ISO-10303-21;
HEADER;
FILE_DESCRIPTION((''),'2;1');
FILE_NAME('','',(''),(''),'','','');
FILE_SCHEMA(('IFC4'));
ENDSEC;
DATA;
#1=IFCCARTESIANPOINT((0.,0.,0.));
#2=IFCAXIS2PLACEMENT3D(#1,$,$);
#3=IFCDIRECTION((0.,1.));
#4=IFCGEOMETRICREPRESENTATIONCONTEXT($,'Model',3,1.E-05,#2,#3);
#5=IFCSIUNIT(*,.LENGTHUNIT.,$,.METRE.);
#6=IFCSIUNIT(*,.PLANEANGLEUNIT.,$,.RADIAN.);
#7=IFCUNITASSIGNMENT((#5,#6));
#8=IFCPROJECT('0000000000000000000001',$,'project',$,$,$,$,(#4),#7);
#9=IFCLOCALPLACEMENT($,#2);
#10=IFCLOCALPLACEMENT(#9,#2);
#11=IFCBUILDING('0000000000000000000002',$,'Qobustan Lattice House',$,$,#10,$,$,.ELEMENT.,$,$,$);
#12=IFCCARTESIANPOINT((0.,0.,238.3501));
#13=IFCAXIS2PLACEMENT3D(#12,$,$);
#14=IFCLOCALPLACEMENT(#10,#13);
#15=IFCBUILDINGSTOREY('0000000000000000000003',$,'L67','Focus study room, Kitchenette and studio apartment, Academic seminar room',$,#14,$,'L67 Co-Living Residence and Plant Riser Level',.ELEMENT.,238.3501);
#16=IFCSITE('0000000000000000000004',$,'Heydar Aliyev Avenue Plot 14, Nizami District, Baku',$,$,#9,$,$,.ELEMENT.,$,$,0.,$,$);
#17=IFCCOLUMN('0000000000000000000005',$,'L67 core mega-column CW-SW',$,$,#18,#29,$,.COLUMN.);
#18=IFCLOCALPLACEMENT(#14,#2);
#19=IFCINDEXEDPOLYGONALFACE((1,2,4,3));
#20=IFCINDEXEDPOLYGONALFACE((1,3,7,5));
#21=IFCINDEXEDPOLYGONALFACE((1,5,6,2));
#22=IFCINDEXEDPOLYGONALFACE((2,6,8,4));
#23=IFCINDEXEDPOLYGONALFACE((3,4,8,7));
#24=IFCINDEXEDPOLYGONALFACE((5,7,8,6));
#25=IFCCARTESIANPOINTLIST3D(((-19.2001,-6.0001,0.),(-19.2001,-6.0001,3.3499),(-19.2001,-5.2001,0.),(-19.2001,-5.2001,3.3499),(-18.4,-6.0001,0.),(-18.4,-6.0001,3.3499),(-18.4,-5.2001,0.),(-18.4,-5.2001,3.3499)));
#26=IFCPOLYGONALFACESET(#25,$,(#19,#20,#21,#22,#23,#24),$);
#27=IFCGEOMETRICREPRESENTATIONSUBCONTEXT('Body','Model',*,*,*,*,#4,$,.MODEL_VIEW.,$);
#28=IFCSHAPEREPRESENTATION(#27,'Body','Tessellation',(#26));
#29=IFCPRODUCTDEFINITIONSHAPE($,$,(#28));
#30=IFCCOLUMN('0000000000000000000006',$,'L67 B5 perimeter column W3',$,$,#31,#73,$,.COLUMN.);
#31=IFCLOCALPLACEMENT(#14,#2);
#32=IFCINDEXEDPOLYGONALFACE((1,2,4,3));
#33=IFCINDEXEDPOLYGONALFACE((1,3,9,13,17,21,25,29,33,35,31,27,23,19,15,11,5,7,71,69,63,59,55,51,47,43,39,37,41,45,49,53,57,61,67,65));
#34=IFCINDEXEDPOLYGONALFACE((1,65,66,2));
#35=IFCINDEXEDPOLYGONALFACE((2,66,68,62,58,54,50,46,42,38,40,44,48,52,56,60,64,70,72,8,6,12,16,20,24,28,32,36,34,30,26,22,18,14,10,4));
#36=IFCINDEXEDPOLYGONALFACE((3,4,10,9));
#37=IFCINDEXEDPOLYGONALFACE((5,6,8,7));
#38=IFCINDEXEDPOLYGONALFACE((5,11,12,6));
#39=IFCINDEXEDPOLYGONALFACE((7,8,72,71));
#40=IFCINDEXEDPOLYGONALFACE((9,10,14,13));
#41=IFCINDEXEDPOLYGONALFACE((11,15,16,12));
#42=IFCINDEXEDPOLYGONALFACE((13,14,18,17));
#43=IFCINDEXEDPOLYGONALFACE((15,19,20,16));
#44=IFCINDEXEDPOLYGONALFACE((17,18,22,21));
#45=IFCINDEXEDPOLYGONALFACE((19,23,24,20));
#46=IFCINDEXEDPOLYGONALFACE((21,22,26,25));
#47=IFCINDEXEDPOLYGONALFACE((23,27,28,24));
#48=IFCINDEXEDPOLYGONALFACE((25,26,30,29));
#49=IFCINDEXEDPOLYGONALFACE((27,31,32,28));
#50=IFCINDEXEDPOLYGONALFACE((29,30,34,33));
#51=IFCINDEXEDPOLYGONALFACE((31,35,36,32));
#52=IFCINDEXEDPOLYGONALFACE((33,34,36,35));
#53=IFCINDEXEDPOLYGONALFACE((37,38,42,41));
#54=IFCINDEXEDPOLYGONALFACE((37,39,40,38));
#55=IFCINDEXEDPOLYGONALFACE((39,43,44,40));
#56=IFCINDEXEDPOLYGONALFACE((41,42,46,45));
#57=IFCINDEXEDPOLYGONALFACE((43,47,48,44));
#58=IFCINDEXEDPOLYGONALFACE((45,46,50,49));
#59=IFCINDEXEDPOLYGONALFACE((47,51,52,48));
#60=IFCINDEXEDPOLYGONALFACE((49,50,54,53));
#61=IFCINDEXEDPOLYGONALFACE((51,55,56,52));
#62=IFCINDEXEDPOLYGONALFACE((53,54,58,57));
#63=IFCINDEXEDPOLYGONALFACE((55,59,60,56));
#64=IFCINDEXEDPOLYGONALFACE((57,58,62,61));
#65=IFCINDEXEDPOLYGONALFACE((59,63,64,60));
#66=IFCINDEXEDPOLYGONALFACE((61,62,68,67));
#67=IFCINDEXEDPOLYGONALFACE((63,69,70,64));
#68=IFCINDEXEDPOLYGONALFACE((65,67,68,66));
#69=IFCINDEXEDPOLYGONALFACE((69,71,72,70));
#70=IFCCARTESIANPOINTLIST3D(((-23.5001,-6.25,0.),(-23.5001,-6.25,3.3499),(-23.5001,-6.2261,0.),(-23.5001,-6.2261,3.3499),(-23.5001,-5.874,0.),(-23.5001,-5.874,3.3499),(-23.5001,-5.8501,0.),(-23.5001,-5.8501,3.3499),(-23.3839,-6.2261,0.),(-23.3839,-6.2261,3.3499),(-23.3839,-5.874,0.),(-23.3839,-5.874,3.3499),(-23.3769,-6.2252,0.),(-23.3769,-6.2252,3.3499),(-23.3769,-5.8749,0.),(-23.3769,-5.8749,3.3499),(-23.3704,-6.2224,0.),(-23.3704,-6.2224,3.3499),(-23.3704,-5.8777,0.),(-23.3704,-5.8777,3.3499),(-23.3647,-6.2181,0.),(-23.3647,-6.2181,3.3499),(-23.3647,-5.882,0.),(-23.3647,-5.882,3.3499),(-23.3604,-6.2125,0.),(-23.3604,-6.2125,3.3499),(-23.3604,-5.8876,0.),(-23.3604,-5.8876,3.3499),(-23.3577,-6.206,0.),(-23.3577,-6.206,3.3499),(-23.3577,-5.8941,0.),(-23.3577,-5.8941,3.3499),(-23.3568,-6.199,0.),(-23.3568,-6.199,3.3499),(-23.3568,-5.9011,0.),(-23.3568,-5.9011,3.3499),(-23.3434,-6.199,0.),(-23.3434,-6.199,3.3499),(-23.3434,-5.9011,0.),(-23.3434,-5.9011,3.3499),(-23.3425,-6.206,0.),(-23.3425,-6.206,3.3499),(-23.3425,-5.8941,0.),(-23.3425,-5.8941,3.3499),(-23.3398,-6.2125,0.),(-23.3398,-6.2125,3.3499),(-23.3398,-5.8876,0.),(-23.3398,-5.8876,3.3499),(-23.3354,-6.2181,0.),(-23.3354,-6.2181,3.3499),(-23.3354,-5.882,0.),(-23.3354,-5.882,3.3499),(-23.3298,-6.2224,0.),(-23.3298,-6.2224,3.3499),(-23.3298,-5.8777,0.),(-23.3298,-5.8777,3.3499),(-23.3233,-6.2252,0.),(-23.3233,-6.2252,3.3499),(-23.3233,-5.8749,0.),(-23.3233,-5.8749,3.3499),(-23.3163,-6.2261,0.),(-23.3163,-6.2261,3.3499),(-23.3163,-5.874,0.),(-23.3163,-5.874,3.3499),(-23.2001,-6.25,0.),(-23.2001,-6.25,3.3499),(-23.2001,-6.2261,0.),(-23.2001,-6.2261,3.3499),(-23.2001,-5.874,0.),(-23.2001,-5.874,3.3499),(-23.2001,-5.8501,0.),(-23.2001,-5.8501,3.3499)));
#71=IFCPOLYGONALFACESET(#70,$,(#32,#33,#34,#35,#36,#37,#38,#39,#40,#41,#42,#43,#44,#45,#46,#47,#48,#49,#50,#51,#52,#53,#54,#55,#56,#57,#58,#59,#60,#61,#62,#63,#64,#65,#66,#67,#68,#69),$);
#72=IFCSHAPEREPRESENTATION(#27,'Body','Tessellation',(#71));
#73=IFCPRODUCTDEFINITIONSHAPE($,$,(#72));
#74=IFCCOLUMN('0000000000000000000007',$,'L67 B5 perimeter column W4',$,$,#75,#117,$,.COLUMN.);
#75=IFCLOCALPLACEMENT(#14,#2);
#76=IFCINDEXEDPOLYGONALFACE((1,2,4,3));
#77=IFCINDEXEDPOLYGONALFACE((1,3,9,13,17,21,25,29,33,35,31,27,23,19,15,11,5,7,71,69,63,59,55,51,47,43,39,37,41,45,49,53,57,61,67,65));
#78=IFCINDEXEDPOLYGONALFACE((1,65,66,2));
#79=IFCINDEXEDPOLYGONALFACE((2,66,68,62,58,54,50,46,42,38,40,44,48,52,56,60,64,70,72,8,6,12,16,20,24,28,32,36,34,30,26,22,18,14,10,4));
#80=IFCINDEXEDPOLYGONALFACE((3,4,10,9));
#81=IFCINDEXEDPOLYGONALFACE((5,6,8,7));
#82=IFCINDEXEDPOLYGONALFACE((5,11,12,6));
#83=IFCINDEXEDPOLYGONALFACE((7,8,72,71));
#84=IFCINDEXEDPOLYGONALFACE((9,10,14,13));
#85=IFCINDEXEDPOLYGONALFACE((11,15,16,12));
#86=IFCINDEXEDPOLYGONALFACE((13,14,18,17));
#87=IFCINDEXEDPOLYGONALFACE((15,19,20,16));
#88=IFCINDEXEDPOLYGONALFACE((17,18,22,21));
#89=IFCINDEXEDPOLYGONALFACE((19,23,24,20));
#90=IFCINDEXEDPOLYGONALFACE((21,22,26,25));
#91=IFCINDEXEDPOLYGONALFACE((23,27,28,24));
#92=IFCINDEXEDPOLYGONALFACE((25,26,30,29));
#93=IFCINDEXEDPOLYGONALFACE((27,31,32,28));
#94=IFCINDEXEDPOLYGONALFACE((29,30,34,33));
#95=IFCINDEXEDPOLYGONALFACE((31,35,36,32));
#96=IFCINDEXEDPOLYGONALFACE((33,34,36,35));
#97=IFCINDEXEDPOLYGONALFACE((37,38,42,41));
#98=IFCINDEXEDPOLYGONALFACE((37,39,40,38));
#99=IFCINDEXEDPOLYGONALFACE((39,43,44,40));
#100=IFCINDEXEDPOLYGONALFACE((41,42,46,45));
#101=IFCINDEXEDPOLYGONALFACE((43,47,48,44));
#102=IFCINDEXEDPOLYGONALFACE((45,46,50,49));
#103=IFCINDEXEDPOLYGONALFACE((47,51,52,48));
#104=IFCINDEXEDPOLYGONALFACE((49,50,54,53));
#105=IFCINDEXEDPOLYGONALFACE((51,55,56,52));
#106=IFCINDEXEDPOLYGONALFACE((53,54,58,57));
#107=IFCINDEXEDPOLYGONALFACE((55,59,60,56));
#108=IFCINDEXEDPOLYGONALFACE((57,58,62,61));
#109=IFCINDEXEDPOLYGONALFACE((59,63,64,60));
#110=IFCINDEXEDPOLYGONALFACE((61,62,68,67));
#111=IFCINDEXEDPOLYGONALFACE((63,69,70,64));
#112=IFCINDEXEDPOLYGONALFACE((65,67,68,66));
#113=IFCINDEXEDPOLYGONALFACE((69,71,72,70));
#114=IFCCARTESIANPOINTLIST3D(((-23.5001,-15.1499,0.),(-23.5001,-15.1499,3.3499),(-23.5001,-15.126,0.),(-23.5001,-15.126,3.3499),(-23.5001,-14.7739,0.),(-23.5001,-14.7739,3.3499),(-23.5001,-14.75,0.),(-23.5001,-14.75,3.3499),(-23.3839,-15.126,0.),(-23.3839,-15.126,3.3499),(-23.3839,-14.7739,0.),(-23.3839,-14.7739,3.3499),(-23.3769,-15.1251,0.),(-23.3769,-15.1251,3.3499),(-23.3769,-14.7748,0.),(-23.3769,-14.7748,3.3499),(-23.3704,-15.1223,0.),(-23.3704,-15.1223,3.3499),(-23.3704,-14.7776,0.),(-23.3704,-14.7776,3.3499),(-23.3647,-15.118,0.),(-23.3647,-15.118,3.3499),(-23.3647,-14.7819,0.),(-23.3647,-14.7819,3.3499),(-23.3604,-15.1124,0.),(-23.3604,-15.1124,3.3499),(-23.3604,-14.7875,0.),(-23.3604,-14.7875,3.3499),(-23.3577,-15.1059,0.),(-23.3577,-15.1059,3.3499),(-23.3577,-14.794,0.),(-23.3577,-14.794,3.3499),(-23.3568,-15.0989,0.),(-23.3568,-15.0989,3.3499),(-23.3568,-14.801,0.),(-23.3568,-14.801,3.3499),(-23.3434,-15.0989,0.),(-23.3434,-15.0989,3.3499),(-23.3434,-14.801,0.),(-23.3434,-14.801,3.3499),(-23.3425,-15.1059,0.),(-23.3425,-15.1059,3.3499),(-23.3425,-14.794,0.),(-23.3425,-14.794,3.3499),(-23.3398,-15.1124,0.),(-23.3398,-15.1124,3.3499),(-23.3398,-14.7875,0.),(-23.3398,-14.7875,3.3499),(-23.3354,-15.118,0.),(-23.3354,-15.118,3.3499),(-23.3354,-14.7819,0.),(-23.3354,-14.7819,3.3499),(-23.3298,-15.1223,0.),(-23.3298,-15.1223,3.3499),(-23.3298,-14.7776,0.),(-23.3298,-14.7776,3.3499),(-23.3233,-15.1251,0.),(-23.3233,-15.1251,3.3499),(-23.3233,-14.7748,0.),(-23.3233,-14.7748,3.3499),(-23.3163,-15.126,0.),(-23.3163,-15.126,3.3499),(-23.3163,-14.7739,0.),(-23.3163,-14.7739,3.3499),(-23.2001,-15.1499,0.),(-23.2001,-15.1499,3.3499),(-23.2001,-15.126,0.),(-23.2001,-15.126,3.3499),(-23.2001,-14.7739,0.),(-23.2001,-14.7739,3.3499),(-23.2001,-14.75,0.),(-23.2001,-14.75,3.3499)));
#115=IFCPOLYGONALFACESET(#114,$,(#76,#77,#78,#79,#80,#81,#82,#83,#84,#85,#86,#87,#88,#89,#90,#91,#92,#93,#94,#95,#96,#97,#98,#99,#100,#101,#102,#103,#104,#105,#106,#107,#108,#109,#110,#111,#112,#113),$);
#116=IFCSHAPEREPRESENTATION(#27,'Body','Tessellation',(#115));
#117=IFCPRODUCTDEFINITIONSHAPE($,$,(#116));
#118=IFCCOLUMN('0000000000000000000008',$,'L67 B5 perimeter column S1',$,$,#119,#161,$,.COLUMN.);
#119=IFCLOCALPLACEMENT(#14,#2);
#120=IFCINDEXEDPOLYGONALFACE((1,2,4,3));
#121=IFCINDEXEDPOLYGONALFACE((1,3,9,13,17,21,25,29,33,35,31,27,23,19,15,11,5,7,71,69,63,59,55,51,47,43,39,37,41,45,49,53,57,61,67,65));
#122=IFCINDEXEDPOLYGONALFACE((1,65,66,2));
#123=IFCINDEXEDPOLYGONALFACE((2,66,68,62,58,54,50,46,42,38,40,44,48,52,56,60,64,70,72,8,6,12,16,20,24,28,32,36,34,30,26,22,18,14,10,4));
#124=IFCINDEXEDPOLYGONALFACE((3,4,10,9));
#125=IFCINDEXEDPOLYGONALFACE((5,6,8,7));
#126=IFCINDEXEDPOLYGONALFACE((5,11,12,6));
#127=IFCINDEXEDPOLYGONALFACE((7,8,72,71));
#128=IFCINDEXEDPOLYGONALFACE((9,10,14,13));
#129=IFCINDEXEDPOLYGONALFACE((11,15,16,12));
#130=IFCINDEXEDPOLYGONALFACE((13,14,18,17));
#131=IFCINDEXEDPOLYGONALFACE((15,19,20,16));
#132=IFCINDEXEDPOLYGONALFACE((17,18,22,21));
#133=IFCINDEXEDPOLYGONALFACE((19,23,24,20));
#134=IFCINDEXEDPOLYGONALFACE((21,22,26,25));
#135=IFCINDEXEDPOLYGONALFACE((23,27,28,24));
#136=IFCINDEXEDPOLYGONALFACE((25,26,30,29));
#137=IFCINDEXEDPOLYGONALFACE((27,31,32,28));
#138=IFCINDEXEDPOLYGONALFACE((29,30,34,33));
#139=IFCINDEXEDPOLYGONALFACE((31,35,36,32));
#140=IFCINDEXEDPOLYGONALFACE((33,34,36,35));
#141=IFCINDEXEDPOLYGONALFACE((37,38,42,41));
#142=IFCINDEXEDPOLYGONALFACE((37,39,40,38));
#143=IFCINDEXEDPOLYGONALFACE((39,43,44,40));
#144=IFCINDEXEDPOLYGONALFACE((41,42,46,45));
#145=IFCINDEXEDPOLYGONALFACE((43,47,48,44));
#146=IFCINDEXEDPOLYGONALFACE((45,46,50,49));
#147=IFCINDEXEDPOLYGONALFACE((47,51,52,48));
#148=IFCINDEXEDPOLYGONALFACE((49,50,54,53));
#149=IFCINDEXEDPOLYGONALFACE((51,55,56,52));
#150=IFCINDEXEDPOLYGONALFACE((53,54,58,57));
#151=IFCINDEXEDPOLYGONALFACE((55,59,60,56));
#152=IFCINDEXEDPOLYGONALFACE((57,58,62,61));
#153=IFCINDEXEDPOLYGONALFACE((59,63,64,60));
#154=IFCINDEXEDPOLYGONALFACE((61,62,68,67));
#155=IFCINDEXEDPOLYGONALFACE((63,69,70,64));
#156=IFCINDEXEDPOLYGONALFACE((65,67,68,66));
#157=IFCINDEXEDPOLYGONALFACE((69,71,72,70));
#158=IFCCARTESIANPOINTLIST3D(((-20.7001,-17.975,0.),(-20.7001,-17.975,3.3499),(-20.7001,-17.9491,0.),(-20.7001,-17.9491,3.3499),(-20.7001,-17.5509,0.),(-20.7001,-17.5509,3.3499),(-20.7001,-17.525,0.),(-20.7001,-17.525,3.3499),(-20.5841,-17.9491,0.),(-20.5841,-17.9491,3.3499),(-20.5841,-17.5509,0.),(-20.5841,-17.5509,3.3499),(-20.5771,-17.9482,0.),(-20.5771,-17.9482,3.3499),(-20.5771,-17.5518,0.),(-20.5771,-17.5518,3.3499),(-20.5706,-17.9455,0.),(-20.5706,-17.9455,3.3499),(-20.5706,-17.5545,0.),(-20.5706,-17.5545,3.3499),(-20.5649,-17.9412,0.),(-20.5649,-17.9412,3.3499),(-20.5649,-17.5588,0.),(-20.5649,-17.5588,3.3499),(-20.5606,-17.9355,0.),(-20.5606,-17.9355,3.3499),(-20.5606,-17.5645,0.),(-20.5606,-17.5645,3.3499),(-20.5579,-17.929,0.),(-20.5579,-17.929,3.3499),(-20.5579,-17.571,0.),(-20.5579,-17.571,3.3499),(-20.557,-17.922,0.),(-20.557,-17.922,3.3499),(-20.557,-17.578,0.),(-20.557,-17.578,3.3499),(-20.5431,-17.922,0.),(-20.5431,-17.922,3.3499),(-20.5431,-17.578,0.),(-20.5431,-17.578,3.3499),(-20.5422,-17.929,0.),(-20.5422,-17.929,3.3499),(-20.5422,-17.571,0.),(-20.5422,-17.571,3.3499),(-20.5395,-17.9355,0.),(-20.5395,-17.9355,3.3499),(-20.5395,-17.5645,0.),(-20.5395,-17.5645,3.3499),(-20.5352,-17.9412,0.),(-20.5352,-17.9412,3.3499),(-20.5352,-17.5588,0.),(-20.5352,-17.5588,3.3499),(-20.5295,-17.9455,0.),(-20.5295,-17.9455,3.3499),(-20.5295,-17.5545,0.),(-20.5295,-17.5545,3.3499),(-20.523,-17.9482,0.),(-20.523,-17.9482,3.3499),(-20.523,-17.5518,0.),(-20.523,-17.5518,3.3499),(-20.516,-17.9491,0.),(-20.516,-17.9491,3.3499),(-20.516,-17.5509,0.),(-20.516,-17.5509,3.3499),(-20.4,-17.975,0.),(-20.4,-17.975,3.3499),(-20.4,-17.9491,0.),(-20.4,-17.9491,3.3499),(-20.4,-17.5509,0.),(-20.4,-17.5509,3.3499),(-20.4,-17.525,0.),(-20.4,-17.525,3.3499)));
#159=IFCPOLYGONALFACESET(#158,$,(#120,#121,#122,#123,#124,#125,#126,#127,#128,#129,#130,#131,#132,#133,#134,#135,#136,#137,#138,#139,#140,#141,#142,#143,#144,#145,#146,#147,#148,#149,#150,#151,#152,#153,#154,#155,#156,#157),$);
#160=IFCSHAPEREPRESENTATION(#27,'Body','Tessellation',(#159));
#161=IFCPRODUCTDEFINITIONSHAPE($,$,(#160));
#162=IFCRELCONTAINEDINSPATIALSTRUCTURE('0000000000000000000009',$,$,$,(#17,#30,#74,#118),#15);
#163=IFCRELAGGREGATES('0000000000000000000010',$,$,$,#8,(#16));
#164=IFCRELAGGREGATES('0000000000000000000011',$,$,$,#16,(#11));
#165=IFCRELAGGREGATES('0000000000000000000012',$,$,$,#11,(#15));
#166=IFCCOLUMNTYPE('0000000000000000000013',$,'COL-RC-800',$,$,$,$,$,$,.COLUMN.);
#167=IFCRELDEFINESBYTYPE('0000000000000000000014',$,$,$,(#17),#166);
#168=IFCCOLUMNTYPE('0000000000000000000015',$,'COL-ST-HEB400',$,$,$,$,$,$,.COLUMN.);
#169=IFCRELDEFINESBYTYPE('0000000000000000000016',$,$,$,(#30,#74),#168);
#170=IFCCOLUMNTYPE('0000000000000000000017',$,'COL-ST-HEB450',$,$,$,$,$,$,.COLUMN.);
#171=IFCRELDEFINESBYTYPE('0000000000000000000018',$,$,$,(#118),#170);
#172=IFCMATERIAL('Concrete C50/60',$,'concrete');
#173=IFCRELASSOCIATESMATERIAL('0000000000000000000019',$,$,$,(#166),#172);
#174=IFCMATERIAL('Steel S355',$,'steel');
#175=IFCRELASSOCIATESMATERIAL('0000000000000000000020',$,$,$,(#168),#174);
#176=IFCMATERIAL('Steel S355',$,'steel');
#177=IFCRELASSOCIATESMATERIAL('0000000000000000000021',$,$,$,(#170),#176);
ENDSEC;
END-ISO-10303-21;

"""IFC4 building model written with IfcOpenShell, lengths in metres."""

from ifc_helpers import new_model, si_unit, direction, frame, origin, origin_2d, place, context, subcontext, project, spatial, rectangle, i_section, extrude, material, material_profile, profile_set, type_object, element, save


model = new_model("IFC4")

# Units and contexts
model_context = context("Model", 3, precision=1e-05, world=origin(), true_north=direction((0.0, 1.0)))
body_context = subcontext(model_context, "Body", "Model", "MODEL_VIEW")
ifc_project = project(units=[si_unit("LENGTHUNIT", "METRE"), si_unit("PLANEANGLEUNIT", "RADIAN")], contexts=[model_context])

# Site, building, storey
site_placement = place(None, origin())
site = spatial("IfcSite", under=ifc_project, at=site_placement, Name="Heydar Aliyev Avenue Plot 14, Nizami District, Baku", CompositionType="ELEMENT", RefElevation=0.0)
building_placement = place(site_placement, origin())
building = spatial("IfcBuilding", under=site, at=building_placement, Name="Qobustan Lattice House", CompositionType="ELEMENT")
storey_placement = place(building_placement, frame((0.0, 0.0, 238.3501)))
storey = spatial("IfcBuildingStorey", under=building, at=storey_placement, Name="L67", Description="Focus study room, Kitchenette and studio apartment, Academic seminar room", LongName="L67 Co-Living Residence and Plant Riser Level", CompositionType="ELEMENT", Elevation=238.3501)

# Columns
ifc_material_1 = material(Name="Concrete C50/60", Category="concrete")
ifc_material_profile_1 = material_profile(ifc_material_1, rectangle(XDim=0.8, YDim=0.8, at=origin_2d()), Name="RC800x800")
ifc_profile_set_1 = profile_set([ifc_material_profile_1], Name="Concrete C50/60")
column_type_1 = type_object("IfcColumnType", Name="COL-RC-800", PredefinedType="COLUMN", material=ifc_profile_set_1)
column_1_placement = place(storey_placement, frame((-18.8, -5.6001, 0.0), z_axis=(0.0, 0.0, 1.0), x_axis=(1.0, 0.0, 0.0)))
element("IfcColumn", 1, at=column_1_placement, inside=storey, type_object=column_type_1, Name="L67 core mega-column CW-SW", PredefinedType="COLUMN", context=body_context, shape_type="SweptSolid", body=[
    extrude(rectangle(XDim=0.8, YDim=0.8, at=origin_2d()), origin(), (0.0, 0.0, 1.0), 3.3499),
])
ifc_material_2 = material(Name="Steel S355", Category="steel")
ifc_material_profile_2 = material_profile(ifc_material_2, i_section(OverallWidth=0.3, OverallDepth=0.3999, WebThickness=0.0134, FlangeThickness=0.0239, FilletRadius=0.0271, at=origin_2d()), Name="HEB400")
ifc_profile_set_2 = profile_set([ifc_material_profile_2], Name="Steel S355")
column_type_2 = type_object("IfcColumnType", Name="COL-ST-HEB400", PredefinedType="COLUMN", material=ifc_profile_set_2)
for number, where, z_axis, x_axis, name in (
    (2, (-23.3501, -6.05, 0.0), (0.0, 0.0, 1.0), (1.0, 0.0, 0.0), "L67 B5 perimeter column W3"),
    (3, (-23.3501, -14.95, 0.0), (0.0, 0.0, 1.0), (1.0, 0.0, 0.0), "L67 B5 perimeter column W4"),
):
    element("IfcColumn", number, at=place(storey_placement, frame(where, z_axis=z_axis, x_axis=x_axis)), inside=storey, type_object=column_type_2, Name=name, PredefinedType="COLUMN", context=body_context, shape_type="SweptSolid", body=[
        extrude(i_section(OverallWidth=0.3, OverallDepth=0.3999, WebThickness=0.0134, FlangeThickness=0.0239, FilletRadius=0.0271, at=origin_2d()), origin(), (0.0, 0.0, 1.0), 3.3499),
    ])
ifc_material_3 = material(Name="Steel S355", Category="steel")
ifc_material_profile_3 = material_profile(ifc_material_3, i_section(OverallWidth=0.3, OverallDepth=0.45, WebThickness=0.0139, FlangeThickness=0.0259, FilletRadius=0.0271, at=origin_2d()), Name="HEB450")
ifc_profile_set_3 = profile_set([ifc_material_profile_3], Name="Steel S355")
column_type_3 = type_object("IfcColumnType", Name="COL-ST-HEB450", PredefinedType="COLUMN", material=ifc_profile_set_3)
column_2_placement = place(storey_placement, frame((-20.55, -17.75, 0.0), z_axis=(0.0, 0.0, 1.0), x_axis=(1.0, 0.0, 0.0)))
element("IfcColumn", 4, at=column_2_placement, inside=storey, type_object=column_type_3, Name="L67 B5 perimeter column S1", PredefinedType="COLUMN", context=body_context, shape_type="SweptSolid", body=[
    extrude(i_section(OverallWidth=0.3, OverallDepth=0.45, WebThickness=0.0139, FlangeThickness=0.0259, FilletRadius=0.0271, at=origin_2d()), origin(), (0.0, 0.0, 1.0), 3.3499),
])

save(model, "model.ifc")
